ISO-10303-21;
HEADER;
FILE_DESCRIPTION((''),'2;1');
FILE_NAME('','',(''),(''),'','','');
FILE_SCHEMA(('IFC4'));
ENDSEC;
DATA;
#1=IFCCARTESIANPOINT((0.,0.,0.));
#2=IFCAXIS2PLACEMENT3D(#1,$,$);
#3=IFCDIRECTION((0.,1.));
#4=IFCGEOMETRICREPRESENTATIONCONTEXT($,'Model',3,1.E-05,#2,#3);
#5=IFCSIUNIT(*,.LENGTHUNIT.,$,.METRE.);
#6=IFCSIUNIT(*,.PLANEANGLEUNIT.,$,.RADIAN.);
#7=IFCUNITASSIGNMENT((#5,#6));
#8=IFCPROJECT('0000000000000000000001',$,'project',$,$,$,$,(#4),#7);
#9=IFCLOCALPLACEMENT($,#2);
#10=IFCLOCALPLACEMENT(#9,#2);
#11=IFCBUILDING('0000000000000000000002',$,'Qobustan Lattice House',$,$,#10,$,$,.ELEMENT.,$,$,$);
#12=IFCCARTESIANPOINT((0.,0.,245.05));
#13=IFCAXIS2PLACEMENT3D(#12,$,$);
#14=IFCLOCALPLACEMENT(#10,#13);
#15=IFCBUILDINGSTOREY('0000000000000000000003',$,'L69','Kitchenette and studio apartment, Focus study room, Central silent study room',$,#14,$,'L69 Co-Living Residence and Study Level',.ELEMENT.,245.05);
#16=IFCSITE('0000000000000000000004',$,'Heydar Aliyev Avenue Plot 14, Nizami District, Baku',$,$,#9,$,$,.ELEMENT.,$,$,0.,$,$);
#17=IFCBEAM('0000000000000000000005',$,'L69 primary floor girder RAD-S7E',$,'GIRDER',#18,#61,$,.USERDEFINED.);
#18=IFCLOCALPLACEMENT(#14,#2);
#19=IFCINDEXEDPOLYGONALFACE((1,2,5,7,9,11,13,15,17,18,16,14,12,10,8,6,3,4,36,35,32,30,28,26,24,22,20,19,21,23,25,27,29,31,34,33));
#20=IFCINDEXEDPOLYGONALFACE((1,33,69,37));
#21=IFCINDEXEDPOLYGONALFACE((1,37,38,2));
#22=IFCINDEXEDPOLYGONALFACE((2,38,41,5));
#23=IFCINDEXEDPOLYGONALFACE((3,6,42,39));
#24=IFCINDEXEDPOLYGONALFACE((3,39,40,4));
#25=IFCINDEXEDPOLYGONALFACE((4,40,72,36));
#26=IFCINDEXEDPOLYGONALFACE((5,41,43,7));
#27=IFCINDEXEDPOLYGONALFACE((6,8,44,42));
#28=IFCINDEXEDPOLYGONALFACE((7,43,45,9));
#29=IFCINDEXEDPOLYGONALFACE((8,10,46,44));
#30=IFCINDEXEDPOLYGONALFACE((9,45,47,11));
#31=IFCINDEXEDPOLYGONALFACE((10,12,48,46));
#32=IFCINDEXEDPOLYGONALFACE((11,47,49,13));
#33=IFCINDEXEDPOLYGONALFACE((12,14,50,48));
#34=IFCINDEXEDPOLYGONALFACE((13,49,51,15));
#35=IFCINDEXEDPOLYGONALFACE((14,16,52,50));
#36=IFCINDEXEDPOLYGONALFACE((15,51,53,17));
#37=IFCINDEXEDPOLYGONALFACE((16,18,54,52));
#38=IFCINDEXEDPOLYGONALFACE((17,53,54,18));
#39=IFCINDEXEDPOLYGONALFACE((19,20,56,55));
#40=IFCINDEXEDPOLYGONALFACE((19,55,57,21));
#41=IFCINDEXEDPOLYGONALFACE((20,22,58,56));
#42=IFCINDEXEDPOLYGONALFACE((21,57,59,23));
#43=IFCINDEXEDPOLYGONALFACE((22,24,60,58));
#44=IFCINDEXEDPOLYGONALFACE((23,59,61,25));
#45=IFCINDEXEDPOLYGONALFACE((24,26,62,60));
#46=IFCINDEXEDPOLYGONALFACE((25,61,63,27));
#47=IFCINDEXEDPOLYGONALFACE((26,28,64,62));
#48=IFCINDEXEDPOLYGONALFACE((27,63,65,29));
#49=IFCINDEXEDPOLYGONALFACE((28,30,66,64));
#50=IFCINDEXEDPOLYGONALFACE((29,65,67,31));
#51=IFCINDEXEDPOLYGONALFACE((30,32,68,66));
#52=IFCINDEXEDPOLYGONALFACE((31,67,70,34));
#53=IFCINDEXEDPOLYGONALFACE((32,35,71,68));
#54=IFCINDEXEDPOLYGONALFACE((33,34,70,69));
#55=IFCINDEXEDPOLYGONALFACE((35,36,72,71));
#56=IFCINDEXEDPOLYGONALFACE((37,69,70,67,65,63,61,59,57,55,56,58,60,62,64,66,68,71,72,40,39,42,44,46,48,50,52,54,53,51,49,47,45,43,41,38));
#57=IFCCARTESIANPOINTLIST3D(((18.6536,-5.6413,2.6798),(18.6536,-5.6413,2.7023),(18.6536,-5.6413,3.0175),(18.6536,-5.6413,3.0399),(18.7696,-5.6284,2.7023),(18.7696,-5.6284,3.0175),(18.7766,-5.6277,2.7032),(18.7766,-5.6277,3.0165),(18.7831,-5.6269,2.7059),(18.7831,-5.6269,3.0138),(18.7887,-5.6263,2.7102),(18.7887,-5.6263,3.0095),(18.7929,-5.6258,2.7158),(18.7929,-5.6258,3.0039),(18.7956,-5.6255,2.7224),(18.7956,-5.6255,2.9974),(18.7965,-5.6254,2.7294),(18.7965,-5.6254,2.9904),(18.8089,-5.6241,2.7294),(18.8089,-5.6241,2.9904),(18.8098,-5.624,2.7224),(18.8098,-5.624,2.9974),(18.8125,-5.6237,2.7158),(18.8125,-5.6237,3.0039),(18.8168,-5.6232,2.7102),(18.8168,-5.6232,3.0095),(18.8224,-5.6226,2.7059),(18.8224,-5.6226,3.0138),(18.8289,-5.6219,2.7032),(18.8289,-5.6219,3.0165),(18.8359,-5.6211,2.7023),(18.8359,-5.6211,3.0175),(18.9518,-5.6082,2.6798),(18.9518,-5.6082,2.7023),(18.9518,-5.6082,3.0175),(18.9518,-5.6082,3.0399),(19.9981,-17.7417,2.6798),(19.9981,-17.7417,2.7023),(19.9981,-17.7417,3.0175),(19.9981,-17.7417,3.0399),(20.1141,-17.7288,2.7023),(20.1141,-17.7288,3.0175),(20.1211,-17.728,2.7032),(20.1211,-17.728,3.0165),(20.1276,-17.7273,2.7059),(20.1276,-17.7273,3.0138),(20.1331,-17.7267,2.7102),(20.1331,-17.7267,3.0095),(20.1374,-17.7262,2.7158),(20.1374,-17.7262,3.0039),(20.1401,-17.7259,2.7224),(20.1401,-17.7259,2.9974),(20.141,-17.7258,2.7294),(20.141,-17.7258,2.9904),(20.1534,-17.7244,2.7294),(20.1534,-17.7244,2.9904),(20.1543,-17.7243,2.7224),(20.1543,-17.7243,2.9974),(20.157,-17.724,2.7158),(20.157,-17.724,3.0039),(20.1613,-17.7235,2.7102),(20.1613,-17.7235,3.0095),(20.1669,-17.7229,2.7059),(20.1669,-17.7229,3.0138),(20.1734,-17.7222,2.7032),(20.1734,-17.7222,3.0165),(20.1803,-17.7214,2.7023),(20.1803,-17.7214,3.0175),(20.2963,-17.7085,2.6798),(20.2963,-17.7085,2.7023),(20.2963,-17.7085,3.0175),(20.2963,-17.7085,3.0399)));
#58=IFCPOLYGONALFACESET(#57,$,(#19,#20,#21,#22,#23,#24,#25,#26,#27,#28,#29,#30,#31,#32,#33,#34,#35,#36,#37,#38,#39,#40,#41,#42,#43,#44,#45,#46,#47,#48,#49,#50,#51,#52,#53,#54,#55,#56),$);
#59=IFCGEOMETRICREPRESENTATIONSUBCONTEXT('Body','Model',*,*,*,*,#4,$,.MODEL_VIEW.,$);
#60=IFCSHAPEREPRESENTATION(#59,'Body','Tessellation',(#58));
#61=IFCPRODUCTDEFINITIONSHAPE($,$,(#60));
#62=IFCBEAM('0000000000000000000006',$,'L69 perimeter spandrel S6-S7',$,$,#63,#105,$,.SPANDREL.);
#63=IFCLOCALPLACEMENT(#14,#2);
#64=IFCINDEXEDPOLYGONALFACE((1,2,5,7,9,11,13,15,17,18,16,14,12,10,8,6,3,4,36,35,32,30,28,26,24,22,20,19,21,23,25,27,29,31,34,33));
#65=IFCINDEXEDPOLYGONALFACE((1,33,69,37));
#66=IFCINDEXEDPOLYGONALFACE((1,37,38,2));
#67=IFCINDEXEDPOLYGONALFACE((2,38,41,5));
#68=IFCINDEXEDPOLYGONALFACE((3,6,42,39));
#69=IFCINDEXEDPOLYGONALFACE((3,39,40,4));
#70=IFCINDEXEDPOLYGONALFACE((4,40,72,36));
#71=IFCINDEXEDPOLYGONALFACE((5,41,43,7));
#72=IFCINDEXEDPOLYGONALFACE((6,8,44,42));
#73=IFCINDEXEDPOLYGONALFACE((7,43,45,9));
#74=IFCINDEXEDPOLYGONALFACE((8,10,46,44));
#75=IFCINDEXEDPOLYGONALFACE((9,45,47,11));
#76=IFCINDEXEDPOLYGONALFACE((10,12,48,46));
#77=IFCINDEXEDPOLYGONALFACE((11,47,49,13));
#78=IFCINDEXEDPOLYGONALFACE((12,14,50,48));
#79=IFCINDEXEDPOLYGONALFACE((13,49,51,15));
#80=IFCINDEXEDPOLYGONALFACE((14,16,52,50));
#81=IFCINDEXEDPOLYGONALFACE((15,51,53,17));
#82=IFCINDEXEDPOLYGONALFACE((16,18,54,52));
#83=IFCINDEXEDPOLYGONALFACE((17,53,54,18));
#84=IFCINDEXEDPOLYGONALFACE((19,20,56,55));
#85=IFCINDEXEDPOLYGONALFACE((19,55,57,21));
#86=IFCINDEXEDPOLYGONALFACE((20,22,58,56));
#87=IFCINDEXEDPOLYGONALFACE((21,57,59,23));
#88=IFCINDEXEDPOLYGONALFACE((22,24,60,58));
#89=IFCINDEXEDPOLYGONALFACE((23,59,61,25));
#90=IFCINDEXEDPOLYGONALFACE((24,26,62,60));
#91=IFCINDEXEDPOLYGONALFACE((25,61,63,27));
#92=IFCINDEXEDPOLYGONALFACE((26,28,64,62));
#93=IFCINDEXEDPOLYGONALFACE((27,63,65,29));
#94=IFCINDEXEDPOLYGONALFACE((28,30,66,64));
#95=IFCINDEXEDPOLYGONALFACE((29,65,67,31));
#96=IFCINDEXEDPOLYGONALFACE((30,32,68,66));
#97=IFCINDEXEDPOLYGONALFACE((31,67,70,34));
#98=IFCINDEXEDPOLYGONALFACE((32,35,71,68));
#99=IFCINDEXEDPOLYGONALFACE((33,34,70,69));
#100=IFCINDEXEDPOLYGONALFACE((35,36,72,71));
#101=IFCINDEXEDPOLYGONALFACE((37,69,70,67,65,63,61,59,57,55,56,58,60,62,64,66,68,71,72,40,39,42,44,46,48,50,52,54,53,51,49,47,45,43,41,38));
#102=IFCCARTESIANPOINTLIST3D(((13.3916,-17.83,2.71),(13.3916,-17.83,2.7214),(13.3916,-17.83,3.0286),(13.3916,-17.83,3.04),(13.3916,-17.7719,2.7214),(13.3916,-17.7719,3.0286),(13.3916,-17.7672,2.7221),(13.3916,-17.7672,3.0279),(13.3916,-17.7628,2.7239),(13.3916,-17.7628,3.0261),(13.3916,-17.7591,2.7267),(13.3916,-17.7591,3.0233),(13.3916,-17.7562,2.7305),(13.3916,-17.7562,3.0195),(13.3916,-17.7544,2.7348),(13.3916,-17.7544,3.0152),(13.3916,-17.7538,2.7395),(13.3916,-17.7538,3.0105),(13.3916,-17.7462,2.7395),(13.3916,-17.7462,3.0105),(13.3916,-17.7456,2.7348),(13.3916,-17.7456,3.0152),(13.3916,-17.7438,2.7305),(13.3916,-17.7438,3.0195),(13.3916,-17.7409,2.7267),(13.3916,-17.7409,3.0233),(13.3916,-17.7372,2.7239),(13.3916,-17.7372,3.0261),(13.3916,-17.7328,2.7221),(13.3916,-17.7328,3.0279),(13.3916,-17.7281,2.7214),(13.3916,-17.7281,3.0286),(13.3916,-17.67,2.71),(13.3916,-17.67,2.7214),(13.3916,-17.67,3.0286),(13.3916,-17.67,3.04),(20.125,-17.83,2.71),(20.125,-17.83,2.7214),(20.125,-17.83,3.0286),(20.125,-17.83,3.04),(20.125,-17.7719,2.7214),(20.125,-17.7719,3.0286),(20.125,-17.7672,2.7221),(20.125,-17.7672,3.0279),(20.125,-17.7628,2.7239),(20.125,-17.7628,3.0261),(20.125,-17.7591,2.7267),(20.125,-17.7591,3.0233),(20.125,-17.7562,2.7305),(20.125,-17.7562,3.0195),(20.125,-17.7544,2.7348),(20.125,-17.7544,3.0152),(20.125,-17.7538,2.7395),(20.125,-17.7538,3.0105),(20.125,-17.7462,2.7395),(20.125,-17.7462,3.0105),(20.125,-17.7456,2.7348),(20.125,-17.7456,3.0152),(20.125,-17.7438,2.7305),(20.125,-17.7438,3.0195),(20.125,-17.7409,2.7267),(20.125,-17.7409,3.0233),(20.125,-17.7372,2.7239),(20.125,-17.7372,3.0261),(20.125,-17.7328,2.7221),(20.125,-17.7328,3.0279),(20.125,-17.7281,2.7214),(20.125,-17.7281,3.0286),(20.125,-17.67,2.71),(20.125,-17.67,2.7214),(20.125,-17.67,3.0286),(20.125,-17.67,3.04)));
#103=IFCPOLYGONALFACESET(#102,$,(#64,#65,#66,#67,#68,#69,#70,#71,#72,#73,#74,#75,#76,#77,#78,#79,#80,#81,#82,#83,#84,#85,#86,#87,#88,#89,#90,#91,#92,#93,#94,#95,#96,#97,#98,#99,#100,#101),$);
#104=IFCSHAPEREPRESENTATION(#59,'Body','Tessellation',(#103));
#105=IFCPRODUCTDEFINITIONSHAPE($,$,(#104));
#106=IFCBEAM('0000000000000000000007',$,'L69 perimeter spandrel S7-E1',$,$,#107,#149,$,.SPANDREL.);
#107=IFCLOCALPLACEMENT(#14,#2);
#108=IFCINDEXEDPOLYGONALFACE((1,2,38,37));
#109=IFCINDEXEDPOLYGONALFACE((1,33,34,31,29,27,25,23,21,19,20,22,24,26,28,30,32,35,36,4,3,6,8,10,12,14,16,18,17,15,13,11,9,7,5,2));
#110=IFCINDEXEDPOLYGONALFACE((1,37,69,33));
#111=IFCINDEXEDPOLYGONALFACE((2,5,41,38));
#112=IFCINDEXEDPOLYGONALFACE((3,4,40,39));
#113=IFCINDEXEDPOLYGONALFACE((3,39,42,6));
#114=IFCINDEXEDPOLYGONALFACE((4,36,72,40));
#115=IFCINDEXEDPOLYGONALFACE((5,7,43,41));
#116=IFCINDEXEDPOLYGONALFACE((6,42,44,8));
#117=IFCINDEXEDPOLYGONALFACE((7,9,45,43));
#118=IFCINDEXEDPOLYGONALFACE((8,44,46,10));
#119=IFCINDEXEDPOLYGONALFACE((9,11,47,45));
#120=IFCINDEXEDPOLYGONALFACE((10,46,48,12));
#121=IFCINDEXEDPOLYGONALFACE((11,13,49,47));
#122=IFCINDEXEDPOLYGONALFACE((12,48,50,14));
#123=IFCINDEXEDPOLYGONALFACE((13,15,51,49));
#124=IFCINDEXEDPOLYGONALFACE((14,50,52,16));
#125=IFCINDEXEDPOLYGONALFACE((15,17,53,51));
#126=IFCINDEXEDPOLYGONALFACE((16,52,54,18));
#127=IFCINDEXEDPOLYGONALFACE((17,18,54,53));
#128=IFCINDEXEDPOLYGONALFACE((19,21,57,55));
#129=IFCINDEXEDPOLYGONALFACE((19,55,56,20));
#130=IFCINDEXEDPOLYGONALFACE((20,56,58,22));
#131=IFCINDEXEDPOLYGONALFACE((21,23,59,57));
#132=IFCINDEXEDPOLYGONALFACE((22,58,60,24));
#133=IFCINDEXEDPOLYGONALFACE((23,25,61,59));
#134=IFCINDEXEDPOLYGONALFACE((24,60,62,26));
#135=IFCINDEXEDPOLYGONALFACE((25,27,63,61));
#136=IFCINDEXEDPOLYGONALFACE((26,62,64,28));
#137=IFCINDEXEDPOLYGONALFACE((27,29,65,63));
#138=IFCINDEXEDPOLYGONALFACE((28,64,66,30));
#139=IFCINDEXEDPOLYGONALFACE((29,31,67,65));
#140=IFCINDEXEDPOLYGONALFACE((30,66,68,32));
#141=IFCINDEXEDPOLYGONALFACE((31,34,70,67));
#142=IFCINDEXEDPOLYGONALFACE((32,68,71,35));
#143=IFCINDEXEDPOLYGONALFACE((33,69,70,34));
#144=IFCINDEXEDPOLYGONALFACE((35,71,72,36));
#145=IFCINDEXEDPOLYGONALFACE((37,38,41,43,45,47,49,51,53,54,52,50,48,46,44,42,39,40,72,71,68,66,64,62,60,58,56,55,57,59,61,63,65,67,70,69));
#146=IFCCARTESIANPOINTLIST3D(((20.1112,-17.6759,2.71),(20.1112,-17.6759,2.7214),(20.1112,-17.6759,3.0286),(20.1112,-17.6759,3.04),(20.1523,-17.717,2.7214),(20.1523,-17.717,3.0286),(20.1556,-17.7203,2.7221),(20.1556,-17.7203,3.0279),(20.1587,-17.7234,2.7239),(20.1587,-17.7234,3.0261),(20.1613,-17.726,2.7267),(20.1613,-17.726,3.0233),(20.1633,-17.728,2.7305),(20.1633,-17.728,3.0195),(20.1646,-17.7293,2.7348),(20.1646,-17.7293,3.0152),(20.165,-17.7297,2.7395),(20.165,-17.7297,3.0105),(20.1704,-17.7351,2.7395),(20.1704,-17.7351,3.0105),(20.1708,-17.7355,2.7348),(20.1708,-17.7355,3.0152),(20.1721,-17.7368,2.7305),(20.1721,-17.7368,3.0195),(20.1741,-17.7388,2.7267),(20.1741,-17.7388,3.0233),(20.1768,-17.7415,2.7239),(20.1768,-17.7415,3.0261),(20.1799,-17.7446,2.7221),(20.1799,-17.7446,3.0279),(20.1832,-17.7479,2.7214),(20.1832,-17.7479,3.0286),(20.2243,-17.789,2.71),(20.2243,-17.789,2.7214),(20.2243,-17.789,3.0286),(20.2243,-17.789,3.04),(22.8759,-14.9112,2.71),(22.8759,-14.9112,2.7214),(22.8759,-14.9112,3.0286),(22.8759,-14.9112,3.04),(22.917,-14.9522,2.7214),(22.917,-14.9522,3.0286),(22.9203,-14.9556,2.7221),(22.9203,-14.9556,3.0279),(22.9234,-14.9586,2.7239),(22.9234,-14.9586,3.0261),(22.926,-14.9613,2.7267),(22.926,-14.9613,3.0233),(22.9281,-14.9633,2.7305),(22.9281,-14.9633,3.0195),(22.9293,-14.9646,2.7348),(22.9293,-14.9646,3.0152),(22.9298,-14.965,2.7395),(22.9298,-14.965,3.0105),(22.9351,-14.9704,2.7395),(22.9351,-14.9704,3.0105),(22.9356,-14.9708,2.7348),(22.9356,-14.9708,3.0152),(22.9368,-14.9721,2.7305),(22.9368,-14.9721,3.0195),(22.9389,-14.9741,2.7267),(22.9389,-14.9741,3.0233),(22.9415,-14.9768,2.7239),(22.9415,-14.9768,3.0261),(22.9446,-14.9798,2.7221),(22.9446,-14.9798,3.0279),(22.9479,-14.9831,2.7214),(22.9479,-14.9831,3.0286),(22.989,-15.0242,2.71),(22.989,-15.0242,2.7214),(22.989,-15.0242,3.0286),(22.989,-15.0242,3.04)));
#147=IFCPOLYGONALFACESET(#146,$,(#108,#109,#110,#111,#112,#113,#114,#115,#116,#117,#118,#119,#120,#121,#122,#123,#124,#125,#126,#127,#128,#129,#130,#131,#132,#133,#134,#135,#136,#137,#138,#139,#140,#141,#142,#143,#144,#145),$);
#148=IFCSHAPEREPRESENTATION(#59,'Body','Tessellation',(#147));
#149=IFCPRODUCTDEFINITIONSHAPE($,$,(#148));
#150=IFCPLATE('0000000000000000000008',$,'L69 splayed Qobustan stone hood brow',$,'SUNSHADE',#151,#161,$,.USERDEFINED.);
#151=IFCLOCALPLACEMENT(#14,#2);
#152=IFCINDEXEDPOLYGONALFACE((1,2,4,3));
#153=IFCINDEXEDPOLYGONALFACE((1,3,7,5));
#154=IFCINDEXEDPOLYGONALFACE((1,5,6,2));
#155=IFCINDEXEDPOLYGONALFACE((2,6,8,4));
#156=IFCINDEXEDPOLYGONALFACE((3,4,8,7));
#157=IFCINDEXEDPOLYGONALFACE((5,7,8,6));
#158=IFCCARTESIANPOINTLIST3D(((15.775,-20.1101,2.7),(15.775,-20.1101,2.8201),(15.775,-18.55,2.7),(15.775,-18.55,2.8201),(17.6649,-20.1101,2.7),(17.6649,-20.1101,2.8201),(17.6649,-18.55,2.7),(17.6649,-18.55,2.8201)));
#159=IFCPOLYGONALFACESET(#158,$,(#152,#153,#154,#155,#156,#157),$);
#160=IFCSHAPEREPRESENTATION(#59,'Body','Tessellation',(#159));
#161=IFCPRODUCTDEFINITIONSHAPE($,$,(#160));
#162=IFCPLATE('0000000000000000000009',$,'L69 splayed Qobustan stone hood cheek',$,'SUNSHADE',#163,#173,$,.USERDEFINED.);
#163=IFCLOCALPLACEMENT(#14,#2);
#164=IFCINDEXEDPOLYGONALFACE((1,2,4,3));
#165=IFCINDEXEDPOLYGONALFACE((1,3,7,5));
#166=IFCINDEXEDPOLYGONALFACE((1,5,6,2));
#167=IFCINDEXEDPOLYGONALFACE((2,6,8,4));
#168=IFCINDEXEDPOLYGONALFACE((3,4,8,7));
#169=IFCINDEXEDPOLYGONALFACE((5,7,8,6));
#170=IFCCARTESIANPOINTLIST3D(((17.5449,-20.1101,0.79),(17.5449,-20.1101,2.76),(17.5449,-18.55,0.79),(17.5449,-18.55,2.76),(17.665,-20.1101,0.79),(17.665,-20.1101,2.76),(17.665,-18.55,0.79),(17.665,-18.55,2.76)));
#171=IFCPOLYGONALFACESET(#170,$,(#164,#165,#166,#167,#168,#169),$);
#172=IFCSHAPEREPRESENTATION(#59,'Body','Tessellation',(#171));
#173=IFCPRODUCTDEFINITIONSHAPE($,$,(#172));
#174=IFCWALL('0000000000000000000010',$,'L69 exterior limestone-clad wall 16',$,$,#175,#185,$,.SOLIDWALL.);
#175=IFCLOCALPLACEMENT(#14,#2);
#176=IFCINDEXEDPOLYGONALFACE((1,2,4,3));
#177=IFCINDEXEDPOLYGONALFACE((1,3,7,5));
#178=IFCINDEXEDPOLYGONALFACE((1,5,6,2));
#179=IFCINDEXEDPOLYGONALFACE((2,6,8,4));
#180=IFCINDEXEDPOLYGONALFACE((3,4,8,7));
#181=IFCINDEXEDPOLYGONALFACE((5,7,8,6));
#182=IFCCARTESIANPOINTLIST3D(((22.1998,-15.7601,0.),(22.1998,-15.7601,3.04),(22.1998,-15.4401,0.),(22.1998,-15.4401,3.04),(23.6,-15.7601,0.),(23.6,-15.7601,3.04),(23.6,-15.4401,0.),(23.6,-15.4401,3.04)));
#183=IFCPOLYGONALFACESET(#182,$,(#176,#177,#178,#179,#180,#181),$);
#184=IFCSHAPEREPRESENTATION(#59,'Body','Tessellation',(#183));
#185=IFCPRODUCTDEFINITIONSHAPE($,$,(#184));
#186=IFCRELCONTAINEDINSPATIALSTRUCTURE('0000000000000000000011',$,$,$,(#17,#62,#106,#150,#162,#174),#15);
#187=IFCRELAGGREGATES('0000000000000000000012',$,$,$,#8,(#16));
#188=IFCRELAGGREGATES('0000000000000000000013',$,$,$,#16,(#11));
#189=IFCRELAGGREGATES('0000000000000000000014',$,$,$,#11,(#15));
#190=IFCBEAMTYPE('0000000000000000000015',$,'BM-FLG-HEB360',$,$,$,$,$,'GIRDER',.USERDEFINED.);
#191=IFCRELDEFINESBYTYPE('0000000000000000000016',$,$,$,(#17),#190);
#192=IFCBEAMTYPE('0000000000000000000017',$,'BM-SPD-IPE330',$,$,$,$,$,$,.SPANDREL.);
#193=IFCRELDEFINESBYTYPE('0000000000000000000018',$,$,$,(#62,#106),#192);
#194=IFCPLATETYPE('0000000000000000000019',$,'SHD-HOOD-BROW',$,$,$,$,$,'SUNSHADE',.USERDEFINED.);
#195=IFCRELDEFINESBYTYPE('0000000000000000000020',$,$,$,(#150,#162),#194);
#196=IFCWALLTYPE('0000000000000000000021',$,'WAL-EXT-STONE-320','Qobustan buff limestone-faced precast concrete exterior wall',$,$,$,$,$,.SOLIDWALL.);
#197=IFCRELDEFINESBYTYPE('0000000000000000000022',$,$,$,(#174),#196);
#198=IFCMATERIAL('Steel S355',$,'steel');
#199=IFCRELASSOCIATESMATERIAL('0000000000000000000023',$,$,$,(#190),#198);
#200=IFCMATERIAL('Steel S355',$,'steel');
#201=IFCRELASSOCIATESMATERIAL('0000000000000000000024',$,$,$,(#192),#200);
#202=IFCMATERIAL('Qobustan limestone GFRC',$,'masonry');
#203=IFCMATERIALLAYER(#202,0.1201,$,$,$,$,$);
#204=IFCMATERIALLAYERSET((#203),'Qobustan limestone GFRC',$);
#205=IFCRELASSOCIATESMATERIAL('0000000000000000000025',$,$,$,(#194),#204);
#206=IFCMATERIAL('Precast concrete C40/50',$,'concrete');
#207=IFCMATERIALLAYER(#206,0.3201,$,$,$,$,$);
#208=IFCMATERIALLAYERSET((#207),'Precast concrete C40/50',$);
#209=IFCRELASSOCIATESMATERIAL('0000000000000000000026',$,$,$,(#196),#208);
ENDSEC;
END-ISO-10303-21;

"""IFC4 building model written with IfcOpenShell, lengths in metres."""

from ifc_helpers import new_model, si_unit, direction, frame, frame_2d, origin, origin_2d, place, context, subcontext, project, spatial, rectangle, i_section, extrude, material, layer, layer_set, material_profile, profile_set, type_object, element, save


model = new_model("IFC4")

# Units and contexts
model_context = context("Model", 3, precision=1e-05, world=origin(), true_north=direction((0.0, 1.0)))
body_context = subcontext(model_context, "Body", "Model", "MODEL_VIEW")
ifc_project = project(units=[si_unit("LENGTHUNIT", "METRE"), si_unit("PLANEANGLEUNIT", "RADIAN")], contexts=[model_context])

# Site, building, storey
site_placement = place(None, origin())
site = spatial("IfcSite", under=ifc_project, at=site_placement, Name="Heydar Aliyev Avenue Plot 14, Nizami District, Baku", CompositionType="ELEMENT", RefElevation=0.0)
building_placement = place(site_placement, origin())
building = spatial("IfcBuilding", under=site, at=building_placement, Name="Qobustan Lattice House", CompositionType="ELEMENT")
storey_placement = place(building_placement, frame((0.0, 0.0, 245.05)))
storey = spatial("IfcBuildingStorey", under=building, at=storey_placement, Name="L69", Description="Kitchenette and studio apartment, Focus study room, Central silent study room", LongName="L69 Co-Living Residence and Study Level", CompositionType="ELEMENT", Elevation=245.05)

# Beams
ifc_material_1 = material(Name="Steel S355", Category="steel")
ifc_material_profile_1 = material_profile(ifc_material_1, i_section(OverallWidth=0.3, OverallDepth=0.3601, WebThickness=0.0125, FlangeThickness=0.0225, FilletRadius=0.0271, at=origin_2d()), Name="HEB360")
ifc_profile_set_1 = profile_set([ifc_material_profile_1], Name="Steel S355")
beam_type_1 = type_object("IfcBeamType", Name="BM-FLG-HEB360", ElementType="GIRDER", PredefinedType="USERDEFINED", material=ifc_profile_set_1)
beam_1_placement = place(storey_placement, frame((20.1472, -17.7251, 2.8599), z_axis=(-0.110432, 0.993884, 0.0), x_axis=(-0.993884, -0.110432, 0.0)))
element("IfcBeam", 1, at=beam_1_placement, inside=storey, type_object=beam_type_1, Name="L69 primary floor girder RAD-S7E", ObjectType="GIRDER", PredefinedType="USERDEFINED", context=body_context, shape_type="SweptSolid", body=[
    extrude(i_section(OverallWidth=0.3, OverallDepth=0.3601, WebThickness=0.0125, FlangeThickness=0.0225, FilletRadius=0.0271, at=origin_2d()), origin(), (0.0, 0.0, 1.0), 12.1748),
])
ifc_material_2 = material(Name="Steel S355", Category="steel")
ifc_material_profile_2 = material_profile(ifc_material_2, i_section(OverallWidth=0.1599, OverallDepth=0.3301, WebThickness=0.0076, FlangeThickness=0.0115, FilletRadius=0.0181, at=origin_2d()), Name="IPE330")
ifc_profile_set_2 = profile_set([ifc_material_profile_2], Name="Steel S355")
beam_type_2 = type_object("IfcBeamType", Name="BM-SPD-IPE330", PredefinedType="SPANDREL", material=ifc_profile_set_2)
beam_2_placement = place(storey_placement, frame((13.3916, -17.75, 2.875), z_axis=(1.0, 0.0, 0.0), x_axis=(0.0, 1.0, 0.0)))
element("IfcBeam", 2, at=beam_2_placement, inside=storey, type_object=beam_type_2, Name="L69 perimeter spandrel S6-S7", PredefinedType="SPANDREL", context=body_context, shape_type="SweptSolid", body=[
    extrude(i_section(OverallWidth=0.1599, OverallDepth=0.3301, WebThickness=0.0076, FlangeThickness=0.0115, FilletRadius=0.0181, at=origin_2d()), origin(), (0.0, 0.0, 1.0), 6.7334),
])
beam_3_placement = place(storey_placement, frame((20.1677, -17.7324, 2.875), z_axis=(0.707107, 0.707107, 0.0), x_axis=(-0.707107, 0.707107, 0.0)))
element("IfcBeam", 3, at=beam_3_placement, inside=storey, type_object=beam_type_2, Name="L69 perimeter spandrel S7-E1", PredefinedType="SPANDREL", context=body_context, shape_type="SweptSolid", body=[
    extrude(i_section(OverallWidth=0.1599, OverallDepth=0.3301, WebThickness=0.0076, FlangeThickness=0.0115, FilletRadius=0.0181, at=origin_2d()), origin(), (0.0, 0.0, 1.0), 3.9099),
])

# Plates
ifc_material_3 = material(Name="Qobustan limestone GFRC", Category="masonry")
ifc_layer_1 = layer(ifc_material_3, 0.1201)
ifc_layer_set_1 = layer_set([ifc_layer_1], Name="Qobustan limestone GFRC")
plate_type = type_object("IfcPlateType", Name="SHD-HOOD-BROW", ElementType="SUNSHADE", PredefinedType="USERDEFINED", material=ifc_layer_set_1)
plate_1_placement = place(storey_placement, frame((16.72, -19.3301, 2.7), z_axis=(0.0, 0.0, 1.0), x_axis=(-1.0, 0.0, 0.0)))
element("IfcPlate", 4, at=plate_1_placement, inside=storey, type_object=plate_type, Name="L69 splayed Qobustan stone hood brow", ObjectType="SUNSHADE", PredefinedType="USERDEFINED", context=body_context, shape_type="SweptSolid", body=[
    extrude(rectangle(XDim=1.8899, YDim=1.5601, at=origin_2d()), origin(), (0.0, 0.0, 1.0), 0.1201),
])
plate_2_placement = place(storey_placement, frame((17.605, -19.3301, 0.79), z_axis=(0.0, 0.0, 1.0), x_axis=(-1.0, 0.0, 0.0)))
element("IfcPlate", 5, at=plate_2_placement, inside=storey, type_object=plate_type, Name="L69 splayed Qobustan stone hood cheek", ObjectType="SUNSHADE", PredefinedType="USERDEFINED", context=body_context, shape_type="SweptSolid", body=[
    extrude(rectangle(XDim=0.1201, YDim=1.5601, at=origin_2d()), origin(), (0.0, 0.0, 1.0), 1.97),
])

# Wall
ifc_material_4 = material(Name="Precast concrete C40/50", Category="concrete")
ifc_layer_2 = layer(ifc_material_4, 0.3201)
ifc_layer_set_2 = layer_set([ifc_layer_2], Name="Precast concrete C40/50")
wall_type = type_object("IfcWallType", Name="WAL-EXT-STONE-320", Description="Qobustan buff limestone-faced precast concrete exterior wall", PredefinedType="SOLIDWALL", material=ifc_layer_set_2)
wall_1_placement = place(storey_placement, frame((23.6001, -15.6001, 0.0), z_axis=(0.0, 0.0, 1.0), x_axis=(-1.0, 0.0, 0.0)))
element("IfcWall", 6, at=wall_1_placement, inside=storey, type_object=wall_type, Name="L69 exterior limestone-clad wall 16", PredefinedType="SOLIDWALL", context=body_context, shape_type="SweptSolid", body=[
    extrude(rectangle(XDim=1.4001, YDim=0.3201, at=frame_2d((0.7002, 0.0))), origin(), (0.0, 0.0, 1.0), 3.04),
])

save(model, "model.ifc")
